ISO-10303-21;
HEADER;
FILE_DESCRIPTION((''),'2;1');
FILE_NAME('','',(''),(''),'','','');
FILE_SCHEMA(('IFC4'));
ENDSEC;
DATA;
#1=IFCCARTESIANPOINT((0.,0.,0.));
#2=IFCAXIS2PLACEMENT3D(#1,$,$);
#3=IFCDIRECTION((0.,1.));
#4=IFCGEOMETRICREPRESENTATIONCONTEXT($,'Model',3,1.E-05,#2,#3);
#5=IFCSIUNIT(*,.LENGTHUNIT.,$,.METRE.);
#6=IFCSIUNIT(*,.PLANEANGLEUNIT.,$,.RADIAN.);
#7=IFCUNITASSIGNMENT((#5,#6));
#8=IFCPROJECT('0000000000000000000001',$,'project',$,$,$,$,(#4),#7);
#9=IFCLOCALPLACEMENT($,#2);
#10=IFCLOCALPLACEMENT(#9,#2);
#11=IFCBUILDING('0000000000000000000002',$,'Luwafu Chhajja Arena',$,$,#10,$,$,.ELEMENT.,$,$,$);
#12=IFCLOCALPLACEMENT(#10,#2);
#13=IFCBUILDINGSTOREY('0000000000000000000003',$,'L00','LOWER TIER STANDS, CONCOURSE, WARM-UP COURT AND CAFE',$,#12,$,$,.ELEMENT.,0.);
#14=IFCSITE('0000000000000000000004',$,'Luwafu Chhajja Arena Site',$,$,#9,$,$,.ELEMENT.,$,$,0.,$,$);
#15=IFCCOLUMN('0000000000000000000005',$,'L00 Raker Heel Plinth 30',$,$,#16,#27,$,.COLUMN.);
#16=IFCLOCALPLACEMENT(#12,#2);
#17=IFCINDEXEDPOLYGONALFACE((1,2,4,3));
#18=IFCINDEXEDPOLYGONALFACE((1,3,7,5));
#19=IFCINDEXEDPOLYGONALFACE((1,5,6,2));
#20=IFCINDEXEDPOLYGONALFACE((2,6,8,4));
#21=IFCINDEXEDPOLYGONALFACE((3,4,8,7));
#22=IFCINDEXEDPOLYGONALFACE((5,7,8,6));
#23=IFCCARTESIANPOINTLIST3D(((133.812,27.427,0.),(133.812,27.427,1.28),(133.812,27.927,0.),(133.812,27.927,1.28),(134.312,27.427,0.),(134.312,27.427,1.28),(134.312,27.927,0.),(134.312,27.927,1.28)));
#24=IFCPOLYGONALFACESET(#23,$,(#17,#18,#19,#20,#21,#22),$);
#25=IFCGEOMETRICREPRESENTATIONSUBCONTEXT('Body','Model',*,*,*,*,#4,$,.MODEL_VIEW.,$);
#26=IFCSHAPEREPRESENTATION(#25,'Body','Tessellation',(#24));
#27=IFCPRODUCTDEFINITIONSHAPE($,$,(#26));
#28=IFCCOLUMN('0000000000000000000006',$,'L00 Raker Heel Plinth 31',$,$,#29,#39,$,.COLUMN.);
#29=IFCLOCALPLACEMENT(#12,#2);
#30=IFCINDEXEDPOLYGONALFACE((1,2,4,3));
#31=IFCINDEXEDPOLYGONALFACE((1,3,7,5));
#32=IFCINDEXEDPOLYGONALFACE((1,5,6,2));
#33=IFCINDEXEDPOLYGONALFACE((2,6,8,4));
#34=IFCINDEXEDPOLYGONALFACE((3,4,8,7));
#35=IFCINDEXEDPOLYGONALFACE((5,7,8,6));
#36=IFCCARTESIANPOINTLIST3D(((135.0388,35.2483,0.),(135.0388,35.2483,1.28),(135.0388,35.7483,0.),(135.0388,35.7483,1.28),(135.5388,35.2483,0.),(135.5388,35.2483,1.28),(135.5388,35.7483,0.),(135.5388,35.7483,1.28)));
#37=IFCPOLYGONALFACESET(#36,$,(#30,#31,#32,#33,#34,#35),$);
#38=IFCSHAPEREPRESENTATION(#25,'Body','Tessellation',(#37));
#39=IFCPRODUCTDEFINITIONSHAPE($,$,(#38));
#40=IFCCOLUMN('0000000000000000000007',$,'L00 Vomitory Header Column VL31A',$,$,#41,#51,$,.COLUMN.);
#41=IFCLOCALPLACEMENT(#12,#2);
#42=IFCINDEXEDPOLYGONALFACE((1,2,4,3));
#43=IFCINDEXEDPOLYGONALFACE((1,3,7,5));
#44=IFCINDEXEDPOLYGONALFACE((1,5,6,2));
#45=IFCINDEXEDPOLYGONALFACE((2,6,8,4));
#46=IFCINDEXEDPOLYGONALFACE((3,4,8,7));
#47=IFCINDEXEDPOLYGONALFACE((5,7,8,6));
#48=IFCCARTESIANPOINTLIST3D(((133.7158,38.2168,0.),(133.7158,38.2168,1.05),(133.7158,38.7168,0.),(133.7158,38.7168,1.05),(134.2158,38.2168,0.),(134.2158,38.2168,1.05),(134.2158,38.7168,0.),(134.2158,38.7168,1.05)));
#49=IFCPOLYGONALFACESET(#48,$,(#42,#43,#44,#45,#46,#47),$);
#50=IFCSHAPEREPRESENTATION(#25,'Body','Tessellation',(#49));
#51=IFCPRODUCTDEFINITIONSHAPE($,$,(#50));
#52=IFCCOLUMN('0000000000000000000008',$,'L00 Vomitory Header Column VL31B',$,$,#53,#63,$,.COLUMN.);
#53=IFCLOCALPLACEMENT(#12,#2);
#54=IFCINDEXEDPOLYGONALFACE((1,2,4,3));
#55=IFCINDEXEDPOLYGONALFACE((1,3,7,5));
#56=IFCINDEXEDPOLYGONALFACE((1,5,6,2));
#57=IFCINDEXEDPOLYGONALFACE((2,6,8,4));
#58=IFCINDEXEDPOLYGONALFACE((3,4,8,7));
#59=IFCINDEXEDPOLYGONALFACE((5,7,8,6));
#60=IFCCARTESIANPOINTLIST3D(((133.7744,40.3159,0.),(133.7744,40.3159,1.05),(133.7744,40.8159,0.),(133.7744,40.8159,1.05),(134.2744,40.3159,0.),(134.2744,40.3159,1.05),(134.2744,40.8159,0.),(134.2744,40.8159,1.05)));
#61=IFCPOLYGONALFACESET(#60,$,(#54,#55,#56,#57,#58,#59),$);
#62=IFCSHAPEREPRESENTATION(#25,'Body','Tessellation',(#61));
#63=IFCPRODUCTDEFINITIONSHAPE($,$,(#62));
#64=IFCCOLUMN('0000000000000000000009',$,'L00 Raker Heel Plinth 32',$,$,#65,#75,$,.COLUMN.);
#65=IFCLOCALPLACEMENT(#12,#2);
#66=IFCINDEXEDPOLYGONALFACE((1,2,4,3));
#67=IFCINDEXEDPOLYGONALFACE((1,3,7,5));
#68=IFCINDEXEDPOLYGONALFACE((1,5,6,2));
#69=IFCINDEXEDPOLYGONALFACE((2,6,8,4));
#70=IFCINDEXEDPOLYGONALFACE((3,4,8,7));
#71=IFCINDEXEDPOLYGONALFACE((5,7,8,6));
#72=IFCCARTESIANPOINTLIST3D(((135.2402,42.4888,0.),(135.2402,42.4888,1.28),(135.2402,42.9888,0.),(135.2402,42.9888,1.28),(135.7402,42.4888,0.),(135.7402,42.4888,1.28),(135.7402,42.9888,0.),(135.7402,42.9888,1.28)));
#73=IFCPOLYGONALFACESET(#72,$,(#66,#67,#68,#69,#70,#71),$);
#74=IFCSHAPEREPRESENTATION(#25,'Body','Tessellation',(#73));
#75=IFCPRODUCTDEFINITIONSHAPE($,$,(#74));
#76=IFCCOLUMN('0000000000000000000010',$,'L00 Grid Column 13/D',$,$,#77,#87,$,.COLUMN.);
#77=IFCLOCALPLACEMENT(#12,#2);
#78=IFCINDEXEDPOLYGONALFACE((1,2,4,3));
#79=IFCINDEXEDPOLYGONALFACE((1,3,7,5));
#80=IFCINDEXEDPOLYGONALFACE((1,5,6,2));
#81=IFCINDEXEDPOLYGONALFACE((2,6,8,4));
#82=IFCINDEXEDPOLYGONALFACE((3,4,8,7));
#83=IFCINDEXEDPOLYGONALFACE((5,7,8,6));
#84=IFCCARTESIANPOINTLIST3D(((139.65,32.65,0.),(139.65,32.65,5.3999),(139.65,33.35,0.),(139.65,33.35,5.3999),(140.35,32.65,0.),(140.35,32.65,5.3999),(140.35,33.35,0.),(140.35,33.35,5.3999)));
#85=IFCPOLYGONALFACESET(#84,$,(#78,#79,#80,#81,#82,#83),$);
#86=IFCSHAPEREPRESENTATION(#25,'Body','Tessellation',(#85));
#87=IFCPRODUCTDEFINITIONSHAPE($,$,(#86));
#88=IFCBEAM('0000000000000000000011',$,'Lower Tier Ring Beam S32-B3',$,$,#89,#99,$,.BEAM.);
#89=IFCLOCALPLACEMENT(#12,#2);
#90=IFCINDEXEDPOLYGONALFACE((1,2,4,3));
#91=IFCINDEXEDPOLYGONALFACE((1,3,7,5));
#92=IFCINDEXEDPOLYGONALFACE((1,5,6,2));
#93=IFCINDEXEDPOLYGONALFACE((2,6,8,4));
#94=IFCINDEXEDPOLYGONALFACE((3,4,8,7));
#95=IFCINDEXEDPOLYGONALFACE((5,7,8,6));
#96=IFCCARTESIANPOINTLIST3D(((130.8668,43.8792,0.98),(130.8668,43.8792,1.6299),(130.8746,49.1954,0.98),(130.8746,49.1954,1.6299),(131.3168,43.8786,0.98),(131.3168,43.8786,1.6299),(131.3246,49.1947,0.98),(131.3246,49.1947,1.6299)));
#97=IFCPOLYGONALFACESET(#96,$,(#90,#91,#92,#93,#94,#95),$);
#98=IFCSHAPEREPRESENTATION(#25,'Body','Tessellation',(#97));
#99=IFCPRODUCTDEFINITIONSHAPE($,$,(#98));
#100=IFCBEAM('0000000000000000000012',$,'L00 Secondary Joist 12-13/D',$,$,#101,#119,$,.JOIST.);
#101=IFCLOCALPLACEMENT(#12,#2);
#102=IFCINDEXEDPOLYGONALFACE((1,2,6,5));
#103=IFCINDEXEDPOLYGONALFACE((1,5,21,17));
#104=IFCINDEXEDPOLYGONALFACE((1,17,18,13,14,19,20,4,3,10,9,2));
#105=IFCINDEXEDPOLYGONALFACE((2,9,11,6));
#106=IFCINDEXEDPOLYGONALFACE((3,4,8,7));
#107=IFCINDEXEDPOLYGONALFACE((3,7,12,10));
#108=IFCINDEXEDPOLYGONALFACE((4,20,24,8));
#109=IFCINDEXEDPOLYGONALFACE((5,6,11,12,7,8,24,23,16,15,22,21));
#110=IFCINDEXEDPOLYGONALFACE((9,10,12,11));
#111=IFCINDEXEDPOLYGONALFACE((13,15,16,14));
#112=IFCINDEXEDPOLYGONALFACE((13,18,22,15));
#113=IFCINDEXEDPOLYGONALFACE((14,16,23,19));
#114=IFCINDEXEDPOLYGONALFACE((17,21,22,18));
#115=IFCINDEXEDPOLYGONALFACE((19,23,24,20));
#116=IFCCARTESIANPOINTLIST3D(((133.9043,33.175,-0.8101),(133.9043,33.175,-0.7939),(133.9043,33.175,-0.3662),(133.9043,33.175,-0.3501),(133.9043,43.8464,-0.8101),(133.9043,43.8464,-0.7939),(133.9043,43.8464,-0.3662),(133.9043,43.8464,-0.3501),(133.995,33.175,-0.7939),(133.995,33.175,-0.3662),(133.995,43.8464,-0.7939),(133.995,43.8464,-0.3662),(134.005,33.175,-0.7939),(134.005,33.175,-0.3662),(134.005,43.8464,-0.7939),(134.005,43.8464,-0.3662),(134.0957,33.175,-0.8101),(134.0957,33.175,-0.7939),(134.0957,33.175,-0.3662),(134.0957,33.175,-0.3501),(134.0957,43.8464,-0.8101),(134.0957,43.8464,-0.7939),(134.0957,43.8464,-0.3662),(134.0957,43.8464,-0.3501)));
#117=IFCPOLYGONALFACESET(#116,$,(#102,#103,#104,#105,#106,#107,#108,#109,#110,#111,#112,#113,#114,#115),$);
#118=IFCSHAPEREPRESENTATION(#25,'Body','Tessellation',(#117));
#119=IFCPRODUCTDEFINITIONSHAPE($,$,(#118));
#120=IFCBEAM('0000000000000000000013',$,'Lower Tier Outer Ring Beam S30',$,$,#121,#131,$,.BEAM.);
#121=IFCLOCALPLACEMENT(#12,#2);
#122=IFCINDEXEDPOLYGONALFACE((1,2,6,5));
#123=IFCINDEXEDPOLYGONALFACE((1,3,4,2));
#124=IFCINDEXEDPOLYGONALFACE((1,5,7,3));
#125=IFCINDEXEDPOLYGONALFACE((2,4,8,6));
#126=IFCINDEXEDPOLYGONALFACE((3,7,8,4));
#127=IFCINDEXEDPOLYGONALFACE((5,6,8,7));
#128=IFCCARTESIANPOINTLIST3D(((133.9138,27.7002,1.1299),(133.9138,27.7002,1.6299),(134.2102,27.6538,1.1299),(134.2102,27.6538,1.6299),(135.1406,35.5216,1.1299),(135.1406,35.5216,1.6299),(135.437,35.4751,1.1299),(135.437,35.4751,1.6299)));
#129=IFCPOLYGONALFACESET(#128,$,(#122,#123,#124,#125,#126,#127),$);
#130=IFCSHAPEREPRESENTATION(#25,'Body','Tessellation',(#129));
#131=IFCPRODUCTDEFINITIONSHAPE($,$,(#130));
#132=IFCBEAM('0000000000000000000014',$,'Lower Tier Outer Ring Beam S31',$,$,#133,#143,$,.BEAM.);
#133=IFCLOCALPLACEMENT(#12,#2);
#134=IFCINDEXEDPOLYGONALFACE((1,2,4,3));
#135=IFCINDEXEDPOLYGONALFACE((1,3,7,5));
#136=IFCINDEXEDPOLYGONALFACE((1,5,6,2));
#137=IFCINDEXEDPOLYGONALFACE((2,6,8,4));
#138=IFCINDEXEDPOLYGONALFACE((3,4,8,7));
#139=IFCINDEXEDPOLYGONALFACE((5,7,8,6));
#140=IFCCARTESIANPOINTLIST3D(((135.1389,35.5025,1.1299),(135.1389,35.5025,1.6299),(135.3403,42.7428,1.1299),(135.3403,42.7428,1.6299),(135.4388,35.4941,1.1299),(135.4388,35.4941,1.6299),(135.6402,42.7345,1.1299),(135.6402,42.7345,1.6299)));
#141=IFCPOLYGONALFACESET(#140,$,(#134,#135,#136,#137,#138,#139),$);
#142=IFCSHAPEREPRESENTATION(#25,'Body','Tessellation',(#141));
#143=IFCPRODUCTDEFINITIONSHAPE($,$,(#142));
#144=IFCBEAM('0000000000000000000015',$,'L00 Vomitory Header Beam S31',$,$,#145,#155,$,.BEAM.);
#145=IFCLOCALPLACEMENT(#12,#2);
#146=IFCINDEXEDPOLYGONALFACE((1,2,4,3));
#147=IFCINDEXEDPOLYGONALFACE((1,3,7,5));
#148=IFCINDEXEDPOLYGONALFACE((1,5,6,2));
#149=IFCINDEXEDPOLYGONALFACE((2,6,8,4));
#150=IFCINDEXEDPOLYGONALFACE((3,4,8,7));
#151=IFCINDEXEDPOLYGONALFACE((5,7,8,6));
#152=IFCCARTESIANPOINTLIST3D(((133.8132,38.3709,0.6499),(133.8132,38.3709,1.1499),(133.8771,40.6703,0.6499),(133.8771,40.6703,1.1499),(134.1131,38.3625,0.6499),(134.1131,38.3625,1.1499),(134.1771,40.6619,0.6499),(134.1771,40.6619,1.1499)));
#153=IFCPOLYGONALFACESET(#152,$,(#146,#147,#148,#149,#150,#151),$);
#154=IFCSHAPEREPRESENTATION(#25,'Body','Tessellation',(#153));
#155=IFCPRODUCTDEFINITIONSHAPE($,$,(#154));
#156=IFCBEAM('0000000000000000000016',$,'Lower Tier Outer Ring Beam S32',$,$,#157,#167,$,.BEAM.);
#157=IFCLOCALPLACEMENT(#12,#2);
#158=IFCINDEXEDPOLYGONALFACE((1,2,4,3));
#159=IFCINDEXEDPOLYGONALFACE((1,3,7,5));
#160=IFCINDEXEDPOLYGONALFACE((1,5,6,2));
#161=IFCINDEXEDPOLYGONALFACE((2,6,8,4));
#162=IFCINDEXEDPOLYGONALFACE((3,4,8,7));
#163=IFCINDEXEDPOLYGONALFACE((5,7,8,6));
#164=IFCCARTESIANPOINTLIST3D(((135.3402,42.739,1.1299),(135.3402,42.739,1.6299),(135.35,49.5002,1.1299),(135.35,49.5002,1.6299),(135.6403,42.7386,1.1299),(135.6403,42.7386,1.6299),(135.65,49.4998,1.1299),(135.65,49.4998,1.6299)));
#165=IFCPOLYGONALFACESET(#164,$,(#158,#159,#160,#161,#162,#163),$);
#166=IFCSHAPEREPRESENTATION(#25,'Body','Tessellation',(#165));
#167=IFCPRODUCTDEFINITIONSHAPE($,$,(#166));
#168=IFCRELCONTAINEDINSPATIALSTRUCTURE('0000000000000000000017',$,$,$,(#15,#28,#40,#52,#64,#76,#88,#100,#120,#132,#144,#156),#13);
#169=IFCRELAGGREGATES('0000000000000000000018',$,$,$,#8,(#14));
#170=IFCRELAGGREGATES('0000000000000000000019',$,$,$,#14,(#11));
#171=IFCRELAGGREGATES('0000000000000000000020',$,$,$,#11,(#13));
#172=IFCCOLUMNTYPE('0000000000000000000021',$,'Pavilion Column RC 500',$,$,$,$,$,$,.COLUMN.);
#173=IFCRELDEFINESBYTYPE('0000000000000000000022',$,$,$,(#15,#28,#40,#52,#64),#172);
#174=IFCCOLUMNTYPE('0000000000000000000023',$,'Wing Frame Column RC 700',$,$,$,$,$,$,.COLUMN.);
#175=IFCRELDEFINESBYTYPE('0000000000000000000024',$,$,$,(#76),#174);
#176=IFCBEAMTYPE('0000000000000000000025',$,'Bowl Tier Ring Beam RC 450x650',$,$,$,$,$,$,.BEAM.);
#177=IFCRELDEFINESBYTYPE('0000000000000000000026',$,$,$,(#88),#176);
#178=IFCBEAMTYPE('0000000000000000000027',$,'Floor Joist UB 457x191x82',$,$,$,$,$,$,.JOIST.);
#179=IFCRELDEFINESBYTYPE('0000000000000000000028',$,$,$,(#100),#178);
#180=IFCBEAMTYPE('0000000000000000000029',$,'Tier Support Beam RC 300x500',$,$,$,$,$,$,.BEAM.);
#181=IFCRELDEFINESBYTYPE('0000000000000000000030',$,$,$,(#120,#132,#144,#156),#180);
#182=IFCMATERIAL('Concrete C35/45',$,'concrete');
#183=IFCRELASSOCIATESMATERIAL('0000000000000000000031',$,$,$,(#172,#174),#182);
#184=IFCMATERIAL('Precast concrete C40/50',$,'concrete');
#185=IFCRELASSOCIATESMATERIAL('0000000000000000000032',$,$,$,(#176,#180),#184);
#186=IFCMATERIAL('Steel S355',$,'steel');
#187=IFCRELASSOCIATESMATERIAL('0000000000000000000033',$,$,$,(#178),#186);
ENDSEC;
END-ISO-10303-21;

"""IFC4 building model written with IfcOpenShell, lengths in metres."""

from ifc_helpers import new_model, si_unit, direction, frame, origin, origin_2d, place, context, subcontext, project, spatial, rectangle, i_section, extrude, material, material_profile, profile_set, type_object, element, save


model = new_model("IFC4")

# Units and contexts
model_context = context("Model", 3, precision=1e-05, world=origin(), true_north=direction((0.0, 1.0)))
body_context = subcontext(model_context, "Body", "Model", "MODEL_VIEW")
ifc_project = project(units=[si_unit("LENGTHUNIT", "METRE"), si_unit("PLANEANGLEUNIT", "RADIAN")], contexts=[model_context])

# Site, building, storey
site_placement = place(None, origin())
site = spatial("IfcSite", under=ifc_project, at=site_placement, Name="Luwafu Chhajja Arena Site", CompositionType="ELEMENT", RefElevation=0.0)
building_placement = place(site_placement, origin())
building = spatial("IfcBuilding", under=site, at=building_placement, Name="Luwafu Chhajja Arena", CompositionType="ELEMENT")
storey_placement = place(building_placement, origin())
storey = spatial("IfcBuildingStorey", under=building, at=storey_placement, Name="L00", Description="LOWER TIER STANDS, CONCOURSE, WARM-UP COURT AND CAFE", CompositionType="ELEMENT", Elevation=0.0)

# Columns
ifc_material_1 = material(Name="Concrete C35/45", Category="concrete")
ifc_material_profile_1 = material_profile(ifc_material_1, rectangle(XDim=0.5, YDim=0.5, at=origin_2d()), Name="RC 500x500")
ifc_profile_set_1 = profile_set([ifc_material_profile_1], Name="Concrete C35/45")
column_type_1 = type_object("IfcColumnType", Name="Pavilion Column RC 500", PredefinedType="COLUMN", material=ifc_profile_set_1)
for number, where, z_axis, x_axis, name in (
    (1, (134.062, 27.677, 0.0), (0.0, 0.0, 1.0), (1.0, 0.0, 0.0), "L00 Raker Heel Plinth 30"),
    (2, (135.2888, 35.4983, 0.0), (0.0, 0.0, 1.0), (1.0, 0.0, 0.0), "L00 Raker Heel Plinth 31"),
):
    element("IfcColumn", number, at=place(storey_placement, frame(where, z_axis=z_axis, x_axis=x_axis)), inside=storey, type_object=column_type_1, Name=name, PredefinedType="COLUMN", context=body_context, shape_type="SweptSolid", body=[
        extrude(rectangle(XDim=0.5, YDim=0.5, at=origin_2d()), origin(), (0.0, 0.0, 1.0), 1.28),
    ])
for number, where, z_axis, x_axis, name in (
    (3, (133.9658, 38.4668, 0.0), (0.0, 0.0, 1.0), (1.0, 0.0, 0.0), "L00 Vomitory Header Column VL31A"),
    (4, (134.0244, 40.5659, 0.0), (0.0, 0.0, 1.0), (1.0, 0.0, 0.0), "L00 Vomitory Header Column VL31B"),
):
    element("IfcColumn", number, at=place(storey_placement, frame(where, z_axis=z_axis, x_axis=x_axis)), inside=storey, type_object=column_type_1, Name=name, PredefinedType="COLUMN", context=body_context, shape_type="SweptSolid", body=[
        extrude(rectangle(XDim=0.5, YDim=0.5, at=origin_2d()), origin(), (0.0, 0.0, 1.0), 1.05),
    ])
column_1_placement = place(storey_placement, frame((135.4902, 42.7388, 0.0), z_axis=(0.0, 0.0, 1.0), x_axis=(1.0, 0.0, 0.0)))
element("IfcColumn", 5, at=column_1_placement, inside=storey, type_object=column_type_1, Name="L00 Raker Heel Plinth 32", PredefinedType="COLUMN", context=body_context, shape_type="SweptSolid", body=[
    extrude(rectangle(XDim=0.5, YDim=0.5, at=origin_2d()), origin(), (0.0, 0.0, 1.0), 1.28),
])
ifc_material_profile_2 = material_profile(ifc_material_1, rectangle(XDim=0.7, YDim=0.7, at=origin_2d()), Name="RC 700x700")
ifc_profile_set_2 = profile_set([ifc_material_profile_2], Name="Concrete C35/45")
column_type_2 = type_object("IfcColumnType", Name="Wing Frame Column RC 700", PredefinedType="COLUMN", material=ifc_profile_set_2)
column_2_placement = place(storey_placement, frame((140.0, 33.0, 0.0), z_axis=(0.0, 0.0, 1.0), x_axis=(1.0, 0.0, 0.0)))
element("IfcColumn", 6, at=column_2_placement, inside=storey, type_object=column_type_2, Name="L00 Grid Column 13/D", PredefinedType="COLUMN", context=body_context, shape_type="SweptSolid", body=[
    extrude(rectangle(XDim=0.7, YDim=0.7, at=origin_2d()), origin(), (0.0, 0.0, 1.0), 5.3999),
])

# Beams
ifc_material_2 = material(Name="Precast concrete C40/50", Category="concrete")
ifc_material_profile_3 = material_profile(ifc_material_2, rectangle(XDim=0.45, YDim=0.6499, at=origin_2d()), Name="RC 450x650")
ifc_profile_set_3 = profile_set([ifc_material_profile_3], Name="Precast concrete C40/50")
beam_type_1 = type_object("IfcBeamType", Name="Bowl Tier Ring Beam RC 450x650", PredefinedType="BEAM", material=ifc_profile_set_3)
beam_1_placement = place(storey_placement, frame((131.0918, 43.8789, 1.3049), z_axis=(0.00147, 0.999999, 0.0), x_axis=(-0.999999, 0.00147, 0.0)))
element("IfcBeam", 7, at=beam_1_placement, inside=storey, type_object=beam_type_1, Name="Lower Tier Ring Beam S32-B3", PredefinedType="BEAM", context=body_context, shape_type="SweptSolid", body=[
    extrude(rectangle(XDim=0.45, YDim=0.6499, at=origin_2d()), origin(), (0.0, 0.0, 1.0), 5.3162),
])
ifc_material_3 = material(Name="Steel S355", Category="steel")
ifc_material_profile_4 = material_profile(ifc_material_3, i_section(OverallWidth=0.1914, OverallDepth=0.46, WebThickness=0.01, FlangeThickness=0.0161, at=origin_2d()), Name="UB 457x191x82")
ifc_profile_set_4 = profile_set([ifc_material_profile_4], Name="Steel S355")
beam_type_2 = type_object("IfcBeamType", Name="Floor Joist UB 457x191x82", PredefinedType="JOIST", material=ifc_profile_set_4)
beam_2_placement = place(storey_placement, frame((134.0, 33.175, -0.5801), z_axis=(0.0, 1.0, 0.0), x_axis=(-1.0, 0.0, 0.0)))
element("IfcBeam", 8, at=beam_2_placement, inside=storey, type_object=beam_type_2, Name="L00 Secondary Joist 12-13/D", PredefinedType="JOIST", context=body_context, shape_type="SweptSolid", body=[
    extrude(i_section(OverallWidth=0.1914, OverallDepth=0.46, WebThickness=0.01, FlangeThickness=0.0161, at=origin_2d()), origin(), (0.0, 0.0, 1.0), 10.6714),
])
ifc_material_profile_5 = material_profile(ifc_material_2, rectangle(XDim=0.3, YDim=0.5, at=origin_2d()), Name="RC 300x500")
ifc_profile_set_5 = profile_set([ifc_material_profile_5], Name="Precast concrete C40/50")
beam_type_3 = type_object("IfcBeamType", Name="Tier Support Beam RC 300x500", PredefinedType="BEAM", material=ifc_profile_set_5)
beam_3_placement = place(storey_placement, frame((134.062, 27.677, 1.3799), z_axis=(0.15496, 0.987921, 0.0), x_axis=(-0.987921, 0.15496, 0.0)))
element("IfcBeam", 9, at=beam_3_placement, inside=storey, type_object=beam_type_3, Name="Lower Tier Outer Ring Beam S30", PredefinedType="BEAM", context=body_context, shape_type="SweptSolid", body=[
    extrude(rectangle(XDim=0.3, YDim=0.5, at=origin_2d()), origin(), (0.0, 0.0, 1.0), 7.917),
])
beam_4_placement = place(storey_placement, frame((135.2888, 35.4983, 1.3799), z_axis=(0.027807, 0.999613, 0.0), x_axis=(-0.999613, 0.027807, 0.0)))
element("IfcBeam", 10, at=beam_4_placement, inside=storey, type_object=beam_type_3, Name="Lower Tier Outer Ring Beam S31", PredefinedType="BEAM", context=body_context, shape_type="SweptSolid", body=[
    extrude(rectangle(XDim=0.3, YDim=0.5, at=origin_2d()), origin(), (0.0, 0.0, 1.0), 7.2432),
])
beam_5_placement = place(storey_placement, frame((133.9631, 38.3667, 0.8999), z_axis=(0.027808, 0.999613, 0.0), x_axis=(-0.999613, 0.027808, 0.0)))
element("IfcBeam", 11, at=beam_5_placement, inside=storey, type_object=beam_type_3, Name="L00 Vomitory Header Beam S31", PredefinedType="BEAM", context=body_context, shape_type="SweptSolid", body=[
    extrude(rectangle(XDim=0.3, YDim=0.5, at=origin_2d()), origin(), (0.0, 0.0, 1.0), 2.3003),
])
beam_6_placement = place(storey_placement, frame((135.4902, 42.7388, 1.3799), z_axis=(0.001444, 0.999999, 0.0), x_axis=(-0.999999, 0.001444, 0.0)))
element("IfcBeam", 12, at=beam_6_placement, inside=storey, type_object=beam_type_3, Name="Lower Tier Outer Ring Beam S32", PredefinedType="BEAM", context=body_context, shape_type="SweptSolid", body=[
    extrude(rectangle(XDim=0.3, YDim=0.5, at=origin_2d()), origin(), (0.0, 0.0, 1.0), 6.7612),
])

save(model, "model.ifc")
